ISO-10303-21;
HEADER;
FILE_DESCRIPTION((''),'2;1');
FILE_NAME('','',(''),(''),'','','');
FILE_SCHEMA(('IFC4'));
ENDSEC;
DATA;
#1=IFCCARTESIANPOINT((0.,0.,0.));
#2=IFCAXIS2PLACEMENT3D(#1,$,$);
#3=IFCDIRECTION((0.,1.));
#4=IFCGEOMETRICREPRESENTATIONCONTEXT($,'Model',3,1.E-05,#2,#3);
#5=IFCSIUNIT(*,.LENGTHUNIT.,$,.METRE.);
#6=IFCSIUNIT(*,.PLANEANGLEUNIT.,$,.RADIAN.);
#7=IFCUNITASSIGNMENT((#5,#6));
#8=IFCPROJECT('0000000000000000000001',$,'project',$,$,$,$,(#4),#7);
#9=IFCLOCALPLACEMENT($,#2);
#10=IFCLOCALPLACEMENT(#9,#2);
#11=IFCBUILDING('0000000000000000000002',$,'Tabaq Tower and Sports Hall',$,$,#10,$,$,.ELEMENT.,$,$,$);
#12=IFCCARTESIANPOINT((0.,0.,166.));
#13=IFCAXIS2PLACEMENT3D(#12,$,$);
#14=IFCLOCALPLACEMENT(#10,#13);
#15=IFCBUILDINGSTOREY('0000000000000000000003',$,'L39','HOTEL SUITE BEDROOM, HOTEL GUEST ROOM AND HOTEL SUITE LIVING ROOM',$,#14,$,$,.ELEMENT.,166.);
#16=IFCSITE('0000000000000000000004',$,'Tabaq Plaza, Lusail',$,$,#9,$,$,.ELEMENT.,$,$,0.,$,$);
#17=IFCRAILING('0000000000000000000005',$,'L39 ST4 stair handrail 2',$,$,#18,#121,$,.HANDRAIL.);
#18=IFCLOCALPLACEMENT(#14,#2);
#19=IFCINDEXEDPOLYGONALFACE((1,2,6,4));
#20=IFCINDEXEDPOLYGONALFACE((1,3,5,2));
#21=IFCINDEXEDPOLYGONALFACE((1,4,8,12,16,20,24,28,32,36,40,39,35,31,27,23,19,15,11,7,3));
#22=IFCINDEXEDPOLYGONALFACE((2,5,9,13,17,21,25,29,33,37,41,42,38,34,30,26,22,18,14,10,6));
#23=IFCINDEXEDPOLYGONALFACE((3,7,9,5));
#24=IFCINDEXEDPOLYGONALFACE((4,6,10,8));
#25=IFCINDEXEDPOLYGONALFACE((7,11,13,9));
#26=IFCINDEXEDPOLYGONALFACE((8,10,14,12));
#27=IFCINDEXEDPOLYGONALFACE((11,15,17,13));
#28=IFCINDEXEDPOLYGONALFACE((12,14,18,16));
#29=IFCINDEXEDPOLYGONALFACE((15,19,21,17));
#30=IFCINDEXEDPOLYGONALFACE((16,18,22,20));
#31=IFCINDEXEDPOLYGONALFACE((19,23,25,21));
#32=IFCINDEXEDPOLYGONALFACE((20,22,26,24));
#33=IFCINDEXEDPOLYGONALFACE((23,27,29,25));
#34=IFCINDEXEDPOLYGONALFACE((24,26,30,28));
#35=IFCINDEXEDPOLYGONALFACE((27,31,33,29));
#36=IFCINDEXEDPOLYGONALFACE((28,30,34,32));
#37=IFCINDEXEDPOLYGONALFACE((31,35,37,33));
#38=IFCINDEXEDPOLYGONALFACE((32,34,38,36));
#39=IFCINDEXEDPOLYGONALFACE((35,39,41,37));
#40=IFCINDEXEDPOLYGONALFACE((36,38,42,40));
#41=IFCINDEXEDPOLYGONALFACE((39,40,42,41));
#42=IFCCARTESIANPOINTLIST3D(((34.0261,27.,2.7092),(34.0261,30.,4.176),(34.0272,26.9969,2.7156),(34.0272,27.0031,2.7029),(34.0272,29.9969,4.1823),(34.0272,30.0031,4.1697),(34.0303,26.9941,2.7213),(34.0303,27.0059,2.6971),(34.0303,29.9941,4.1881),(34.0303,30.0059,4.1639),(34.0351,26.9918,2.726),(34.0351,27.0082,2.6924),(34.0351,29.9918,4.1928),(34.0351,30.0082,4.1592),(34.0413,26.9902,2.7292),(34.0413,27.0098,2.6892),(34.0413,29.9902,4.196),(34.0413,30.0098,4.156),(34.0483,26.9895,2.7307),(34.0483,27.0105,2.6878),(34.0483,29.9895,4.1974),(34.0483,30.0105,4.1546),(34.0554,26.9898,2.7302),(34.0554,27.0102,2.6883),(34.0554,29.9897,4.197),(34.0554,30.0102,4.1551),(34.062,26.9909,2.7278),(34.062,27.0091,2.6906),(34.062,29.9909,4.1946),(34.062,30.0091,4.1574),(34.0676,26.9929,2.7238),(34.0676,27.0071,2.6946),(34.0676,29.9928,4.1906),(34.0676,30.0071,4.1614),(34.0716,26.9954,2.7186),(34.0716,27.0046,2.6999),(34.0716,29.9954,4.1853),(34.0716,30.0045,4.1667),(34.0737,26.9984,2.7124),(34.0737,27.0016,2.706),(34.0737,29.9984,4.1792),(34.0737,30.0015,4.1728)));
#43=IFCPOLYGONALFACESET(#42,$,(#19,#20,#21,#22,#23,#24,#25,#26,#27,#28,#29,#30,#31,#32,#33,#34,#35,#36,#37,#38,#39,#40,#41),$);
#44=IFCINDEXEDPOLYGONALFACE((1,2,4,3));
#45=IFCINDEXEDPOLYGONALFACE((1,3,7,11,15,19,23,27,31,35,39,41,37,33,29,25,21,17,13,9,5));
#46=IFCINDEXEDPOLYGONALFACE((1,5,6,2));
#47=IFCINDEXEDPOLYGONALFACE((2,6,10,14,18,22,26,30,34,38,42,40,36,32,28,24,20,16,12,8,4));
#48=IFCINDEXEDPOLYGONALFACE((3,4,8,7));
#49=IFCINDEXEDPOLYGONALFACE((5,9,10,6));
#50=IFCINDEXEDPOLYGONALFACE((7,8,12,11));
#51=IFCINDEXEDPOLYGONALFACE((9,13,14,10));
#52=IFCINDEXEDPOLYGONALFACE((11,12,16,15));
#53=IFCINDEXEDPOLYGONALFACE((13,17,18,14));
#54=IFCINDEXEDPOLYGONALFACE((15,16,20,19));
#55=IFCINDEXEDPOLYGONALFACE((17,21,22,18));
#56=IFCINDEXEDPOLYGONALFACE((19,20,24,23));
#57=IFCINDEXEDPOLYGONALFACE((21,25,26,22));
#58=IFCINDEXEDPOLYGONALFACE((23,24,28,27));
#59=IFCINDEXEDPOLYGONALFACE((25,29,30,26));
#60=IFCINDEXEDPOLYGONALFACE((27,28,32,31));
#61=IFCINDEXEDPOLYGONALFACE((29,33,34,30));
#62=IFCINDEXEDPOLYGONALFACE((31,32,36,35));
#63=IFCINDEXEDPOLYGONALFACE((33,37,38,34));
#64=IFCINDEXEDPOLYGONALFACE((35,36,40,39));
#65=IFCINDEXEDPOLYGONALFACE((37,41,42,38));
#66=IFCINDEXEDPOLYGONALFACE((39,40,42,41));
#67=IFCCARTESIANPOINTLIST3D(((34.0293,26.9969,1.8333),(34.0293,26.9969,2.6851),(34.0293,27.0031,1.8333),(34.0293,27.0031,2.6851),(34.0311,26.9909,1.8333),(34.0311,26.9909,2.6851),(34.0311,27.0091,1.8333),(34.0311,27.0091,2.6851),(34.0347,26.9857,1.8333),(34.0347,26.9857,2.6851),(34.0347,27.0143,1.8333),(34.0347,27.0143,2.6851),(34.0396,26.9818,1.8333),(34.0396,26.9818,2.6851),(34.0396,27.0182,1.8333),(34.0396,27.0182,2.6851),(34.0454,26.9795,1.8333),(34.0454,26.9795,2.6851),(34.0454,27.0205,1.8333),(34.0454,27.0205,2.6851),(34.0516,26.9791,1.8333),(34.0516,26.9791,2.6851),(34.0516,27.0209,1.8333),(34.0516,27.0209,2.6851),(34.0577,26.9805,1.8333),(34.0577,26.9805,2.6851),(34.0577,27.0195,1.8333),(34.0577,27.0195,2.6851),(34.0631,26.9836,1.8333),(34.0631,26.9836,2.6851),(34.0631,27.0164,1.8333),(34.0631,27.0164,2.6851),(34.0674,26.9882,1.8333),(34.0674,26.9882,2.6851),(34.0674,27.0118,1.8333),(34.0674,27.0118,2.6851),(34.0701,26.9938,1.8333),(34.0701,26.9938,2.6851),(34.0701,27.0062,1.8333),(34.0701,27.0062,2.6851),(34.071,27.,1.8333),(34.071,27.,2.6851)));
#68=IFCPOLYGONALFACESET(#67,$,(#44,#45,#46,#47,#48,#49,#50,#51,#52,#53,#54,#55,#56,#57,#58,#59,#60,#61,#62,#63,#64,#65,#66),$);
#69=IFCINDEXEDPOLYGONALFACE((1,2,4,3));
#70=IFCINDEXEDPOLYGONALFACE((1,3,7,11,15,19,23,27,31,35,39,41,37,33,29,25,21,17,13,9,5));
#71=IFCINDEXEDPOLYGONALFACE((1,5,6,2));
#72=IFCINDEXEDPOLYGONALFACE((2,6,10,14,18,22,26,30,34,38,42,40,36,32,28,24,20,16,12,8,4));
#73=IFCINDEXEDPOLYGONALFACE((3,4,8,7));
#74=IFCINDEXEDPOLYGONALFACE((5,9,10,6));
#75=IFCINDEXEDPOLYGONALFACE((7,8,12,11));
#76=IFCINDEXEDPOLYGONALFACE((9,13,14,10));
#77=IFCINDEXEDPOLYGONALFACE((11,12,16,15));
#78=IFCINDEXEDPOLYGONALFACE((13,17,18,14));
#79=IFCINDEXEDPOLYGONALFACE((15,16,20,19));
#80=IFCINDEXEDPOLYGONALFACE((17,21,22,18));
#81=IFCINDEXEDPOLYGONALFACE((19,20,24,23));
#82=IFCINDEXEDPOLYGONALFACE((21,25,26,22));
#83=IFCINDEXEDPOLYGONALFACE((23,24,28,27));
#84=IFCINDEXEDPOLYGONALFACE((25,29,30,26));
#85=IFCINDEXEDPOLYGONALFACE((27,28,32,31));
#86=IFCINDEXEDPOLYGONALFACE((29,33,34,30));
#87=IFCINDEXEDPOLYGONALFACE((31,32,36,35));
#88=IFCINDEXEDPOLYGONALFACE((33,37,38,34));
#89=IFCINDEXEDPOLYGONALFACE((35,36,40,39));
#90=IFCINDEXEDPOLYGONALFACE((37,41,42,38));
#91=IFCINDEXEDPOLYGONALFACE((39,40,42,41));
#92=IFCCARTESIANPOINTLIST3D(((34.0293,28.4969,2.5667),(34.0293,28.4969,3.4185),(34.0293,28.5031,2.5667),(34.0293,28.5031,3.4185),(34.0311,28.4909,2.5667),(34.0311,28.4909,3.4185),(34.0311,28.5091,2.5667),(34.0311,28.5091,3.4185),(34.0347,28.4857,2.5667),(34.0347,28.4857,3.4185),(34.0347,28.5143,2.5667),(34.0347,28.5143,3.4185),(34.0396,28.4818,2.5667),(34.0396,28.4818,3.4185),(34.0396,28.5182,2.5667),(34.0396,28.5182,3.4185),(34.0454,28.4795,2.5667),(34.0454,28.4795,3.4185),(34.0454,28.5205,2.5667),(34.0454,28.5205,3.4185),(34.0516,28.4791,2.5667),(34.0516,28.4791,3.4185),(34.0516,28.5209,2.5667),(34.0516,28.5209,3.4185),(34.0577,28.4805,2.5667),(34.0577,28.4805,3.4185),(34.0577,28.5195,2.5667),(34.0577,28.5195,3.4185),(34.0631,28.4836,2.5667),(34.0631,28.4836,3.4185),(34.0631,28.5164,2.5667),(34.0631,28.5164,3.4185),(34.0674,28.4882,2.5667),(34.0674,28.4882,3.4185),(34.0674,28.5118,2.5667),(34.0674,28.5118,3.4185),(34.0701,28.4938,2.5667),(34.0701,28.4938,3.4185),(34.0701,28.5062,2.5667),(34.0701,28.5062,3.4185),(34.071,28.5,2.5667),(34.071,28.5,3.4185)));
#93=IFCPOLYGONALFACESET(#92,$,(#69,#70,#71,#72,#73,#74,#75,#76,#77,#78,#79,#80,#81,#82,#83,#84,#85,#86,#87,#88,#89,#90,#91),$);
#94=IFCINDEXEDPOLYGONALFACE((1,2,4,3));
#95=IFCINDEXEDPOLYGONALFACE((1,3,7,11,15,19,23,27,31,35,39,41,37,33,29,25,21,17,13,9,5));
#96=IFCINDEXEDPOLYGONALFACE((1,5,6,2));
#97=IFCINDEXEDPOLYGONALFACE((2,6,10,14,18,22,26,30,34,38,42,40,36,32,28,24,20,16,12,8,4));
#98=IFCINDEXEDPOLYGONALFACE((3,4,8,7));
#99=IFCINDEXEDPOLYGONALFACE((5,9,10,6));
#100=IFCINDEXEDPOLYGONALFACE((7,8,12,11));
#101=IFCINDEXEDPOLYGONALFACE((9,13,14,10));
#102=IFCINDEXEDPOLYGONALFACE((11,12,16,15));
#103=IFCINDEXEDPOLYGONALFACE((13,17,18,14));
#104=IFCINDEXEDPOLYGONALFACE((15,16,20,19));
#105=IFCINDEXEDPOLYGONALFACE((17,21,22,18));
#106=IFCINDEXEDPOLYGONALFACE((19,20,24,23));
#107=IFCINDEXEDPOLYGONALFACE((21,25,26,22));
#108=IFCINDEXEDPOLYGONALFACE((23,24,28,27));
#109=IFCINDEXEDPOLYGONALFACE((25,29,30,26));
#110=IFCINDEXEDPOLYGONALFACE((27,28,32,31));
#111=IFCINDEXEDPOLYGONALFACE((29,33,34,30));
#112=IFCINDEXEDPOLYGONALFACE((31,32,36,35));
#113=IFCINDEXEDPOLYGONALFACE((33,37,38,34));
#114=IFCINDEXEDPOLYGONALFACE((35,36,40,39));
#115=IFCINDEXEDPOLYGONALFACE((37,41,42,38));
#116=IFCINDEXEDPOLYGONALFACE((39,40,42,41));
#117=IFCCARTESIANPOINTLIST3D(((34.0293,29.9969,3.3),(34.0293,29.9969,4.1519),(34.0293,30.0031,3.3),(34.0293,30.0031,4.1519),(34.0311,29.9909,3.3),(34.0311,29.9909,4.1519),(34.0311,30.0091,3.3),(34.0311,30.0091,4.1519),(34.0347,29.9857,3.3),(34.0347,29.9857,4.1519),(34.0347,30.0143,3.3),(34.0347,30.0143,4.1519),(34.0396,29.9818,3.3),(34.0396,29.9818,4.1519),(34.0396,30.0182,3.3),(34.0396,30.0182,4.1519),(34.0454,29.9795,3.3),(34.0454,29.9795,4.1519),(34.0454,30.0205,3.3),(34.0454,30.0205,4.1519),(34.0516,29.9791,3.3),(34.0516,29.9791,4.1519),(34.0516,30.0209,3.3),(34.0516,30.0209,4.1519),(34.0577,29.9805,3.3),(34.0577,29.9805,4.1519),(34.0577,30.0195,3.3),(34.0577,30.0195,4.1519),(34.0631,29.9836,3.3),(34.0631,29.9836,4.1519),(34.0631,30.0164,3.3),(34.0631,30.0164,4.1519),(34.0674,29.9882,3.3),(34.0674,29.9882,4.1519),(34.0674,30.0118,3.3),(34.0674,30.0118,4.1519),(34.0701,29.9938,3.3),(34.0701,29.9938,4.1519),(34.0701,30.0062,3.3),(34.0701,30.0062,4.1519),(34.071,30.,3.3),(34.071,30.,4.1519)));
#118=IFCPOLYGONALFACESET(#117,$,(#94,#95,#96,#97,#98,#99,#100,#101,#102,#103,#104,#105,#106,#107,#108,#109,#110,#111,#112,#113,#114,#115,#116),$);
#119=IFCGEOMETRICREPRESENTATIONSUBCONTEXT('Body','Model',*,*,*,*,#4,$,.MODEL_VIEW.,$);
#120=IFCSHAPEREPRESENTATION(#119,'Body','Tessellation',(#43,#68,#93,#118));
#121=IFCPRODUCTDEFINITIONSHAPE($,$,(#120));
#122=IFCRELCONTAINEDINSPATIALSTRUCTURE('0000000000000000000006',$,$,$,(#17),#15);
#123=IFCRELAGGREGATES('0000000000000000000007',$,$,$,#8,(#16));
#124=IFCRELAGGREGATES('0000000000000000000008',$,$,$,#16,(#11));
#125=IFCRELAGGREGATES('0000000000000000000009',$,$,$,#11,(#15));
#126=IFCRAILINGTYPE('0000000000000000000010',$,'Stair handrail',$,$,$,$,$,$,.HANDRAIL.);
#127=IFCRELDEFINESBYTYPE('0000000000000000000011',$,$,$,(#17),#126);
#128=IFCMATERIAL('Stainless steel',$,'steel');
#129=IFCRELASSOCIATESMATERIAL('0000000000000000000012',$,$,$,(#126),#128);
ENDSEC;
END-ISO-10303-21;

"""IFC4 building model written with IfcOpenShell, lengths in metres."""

from ifc_helpers import new_model, si_unit, direction, frame, origin, origin_2d, place, context, subcontext, project, spatial, circle, extrude, material, type_object, element, save


model = new_model("IFC4")

# Units and contexts
model_context = context("Model", 3, precision=1e-05, world=origin(), true_north=direction((0.0, 1.0)))
body_context = subcontext(model_context, "Body", "Model", "MODEL_VIEW")
ifc_project = project(units=[si_unit("LENGTHUNIT", "METRE"), si_unit("PLANEANGLEUNIT", "RADIAN")], contexts=[model_context])

# Site, building, storey
site_placement = place(None, origin())
site = spatial("IfcSite", under=ifc_project, at=site_placement, Name="Tabaq Plaza, Lusail", CompositionType="ELEMENT", RefElevation=0.0)
building_placement = place(site_placement, origin())
building = spatial("IfcBuilding", under=site, at=building_placement, Name="Tabaq Tower and Sports Hall", CompositionType="ELEMENT")
storey_placement = place(building_placement, frame((0.0, 0.0, 166.0)))
storey = spatial("IfcBuildingStorey", under=building, at=storey_placement, Name="L39", Description="HOTEL SUITE BEDROOM, HOTEL GUEST ROOM AND HOTEL SUITE LIVING ROOM", CompositionType="ELEMENT", Elevation=166.0)

# Railing
ifc_material_1 = material(Name="Stainless steel", Category="steel")
railing_type_1 = type_object("IfcRailingType", Name="Stair handrail", PredefinedType="HANDRAIL", material=ifc_material_1)
railing_1_placement = place(storey_placement, frame((34.05, 27.0, 1.8333)))
element("IfcRailing", 1, at=railing_1_placement, inside=storey, type_object=railing_type_1, Name="L39 ST4 stair handrail 2", PredefinedType="HANDRAIL", context=body_context, shape_type="SweptSolid", body=[
    extrude(circle(Radius=0.0239, at=origin_2d()), frame((0.0, 0.0, 0.876), z_axis=(0.0, 0.898369, 0.439242), x_axis=(-1.0, 0.0, 0.0)), (0.0, 0.0, 1.0), 3.3394),
    extrude(circle(Radius=0.021, at=origin_2d()), origin(), (0.0, 0.0, 1.0), 0.8518),
    extrude(circle(Radius=0.021, at=origin_2d()), frame((0.0, 1.5, 0.7334)), (0.0, 0.0, 1.0), 0.8518),
    extrude(circle(Radius=0.021, at=origin_2d()), frame((0.0, 3.0, 1.4668)), (0.0, 0.0, 1.0), 0.8518),
])

save(model, "model.ifc")
